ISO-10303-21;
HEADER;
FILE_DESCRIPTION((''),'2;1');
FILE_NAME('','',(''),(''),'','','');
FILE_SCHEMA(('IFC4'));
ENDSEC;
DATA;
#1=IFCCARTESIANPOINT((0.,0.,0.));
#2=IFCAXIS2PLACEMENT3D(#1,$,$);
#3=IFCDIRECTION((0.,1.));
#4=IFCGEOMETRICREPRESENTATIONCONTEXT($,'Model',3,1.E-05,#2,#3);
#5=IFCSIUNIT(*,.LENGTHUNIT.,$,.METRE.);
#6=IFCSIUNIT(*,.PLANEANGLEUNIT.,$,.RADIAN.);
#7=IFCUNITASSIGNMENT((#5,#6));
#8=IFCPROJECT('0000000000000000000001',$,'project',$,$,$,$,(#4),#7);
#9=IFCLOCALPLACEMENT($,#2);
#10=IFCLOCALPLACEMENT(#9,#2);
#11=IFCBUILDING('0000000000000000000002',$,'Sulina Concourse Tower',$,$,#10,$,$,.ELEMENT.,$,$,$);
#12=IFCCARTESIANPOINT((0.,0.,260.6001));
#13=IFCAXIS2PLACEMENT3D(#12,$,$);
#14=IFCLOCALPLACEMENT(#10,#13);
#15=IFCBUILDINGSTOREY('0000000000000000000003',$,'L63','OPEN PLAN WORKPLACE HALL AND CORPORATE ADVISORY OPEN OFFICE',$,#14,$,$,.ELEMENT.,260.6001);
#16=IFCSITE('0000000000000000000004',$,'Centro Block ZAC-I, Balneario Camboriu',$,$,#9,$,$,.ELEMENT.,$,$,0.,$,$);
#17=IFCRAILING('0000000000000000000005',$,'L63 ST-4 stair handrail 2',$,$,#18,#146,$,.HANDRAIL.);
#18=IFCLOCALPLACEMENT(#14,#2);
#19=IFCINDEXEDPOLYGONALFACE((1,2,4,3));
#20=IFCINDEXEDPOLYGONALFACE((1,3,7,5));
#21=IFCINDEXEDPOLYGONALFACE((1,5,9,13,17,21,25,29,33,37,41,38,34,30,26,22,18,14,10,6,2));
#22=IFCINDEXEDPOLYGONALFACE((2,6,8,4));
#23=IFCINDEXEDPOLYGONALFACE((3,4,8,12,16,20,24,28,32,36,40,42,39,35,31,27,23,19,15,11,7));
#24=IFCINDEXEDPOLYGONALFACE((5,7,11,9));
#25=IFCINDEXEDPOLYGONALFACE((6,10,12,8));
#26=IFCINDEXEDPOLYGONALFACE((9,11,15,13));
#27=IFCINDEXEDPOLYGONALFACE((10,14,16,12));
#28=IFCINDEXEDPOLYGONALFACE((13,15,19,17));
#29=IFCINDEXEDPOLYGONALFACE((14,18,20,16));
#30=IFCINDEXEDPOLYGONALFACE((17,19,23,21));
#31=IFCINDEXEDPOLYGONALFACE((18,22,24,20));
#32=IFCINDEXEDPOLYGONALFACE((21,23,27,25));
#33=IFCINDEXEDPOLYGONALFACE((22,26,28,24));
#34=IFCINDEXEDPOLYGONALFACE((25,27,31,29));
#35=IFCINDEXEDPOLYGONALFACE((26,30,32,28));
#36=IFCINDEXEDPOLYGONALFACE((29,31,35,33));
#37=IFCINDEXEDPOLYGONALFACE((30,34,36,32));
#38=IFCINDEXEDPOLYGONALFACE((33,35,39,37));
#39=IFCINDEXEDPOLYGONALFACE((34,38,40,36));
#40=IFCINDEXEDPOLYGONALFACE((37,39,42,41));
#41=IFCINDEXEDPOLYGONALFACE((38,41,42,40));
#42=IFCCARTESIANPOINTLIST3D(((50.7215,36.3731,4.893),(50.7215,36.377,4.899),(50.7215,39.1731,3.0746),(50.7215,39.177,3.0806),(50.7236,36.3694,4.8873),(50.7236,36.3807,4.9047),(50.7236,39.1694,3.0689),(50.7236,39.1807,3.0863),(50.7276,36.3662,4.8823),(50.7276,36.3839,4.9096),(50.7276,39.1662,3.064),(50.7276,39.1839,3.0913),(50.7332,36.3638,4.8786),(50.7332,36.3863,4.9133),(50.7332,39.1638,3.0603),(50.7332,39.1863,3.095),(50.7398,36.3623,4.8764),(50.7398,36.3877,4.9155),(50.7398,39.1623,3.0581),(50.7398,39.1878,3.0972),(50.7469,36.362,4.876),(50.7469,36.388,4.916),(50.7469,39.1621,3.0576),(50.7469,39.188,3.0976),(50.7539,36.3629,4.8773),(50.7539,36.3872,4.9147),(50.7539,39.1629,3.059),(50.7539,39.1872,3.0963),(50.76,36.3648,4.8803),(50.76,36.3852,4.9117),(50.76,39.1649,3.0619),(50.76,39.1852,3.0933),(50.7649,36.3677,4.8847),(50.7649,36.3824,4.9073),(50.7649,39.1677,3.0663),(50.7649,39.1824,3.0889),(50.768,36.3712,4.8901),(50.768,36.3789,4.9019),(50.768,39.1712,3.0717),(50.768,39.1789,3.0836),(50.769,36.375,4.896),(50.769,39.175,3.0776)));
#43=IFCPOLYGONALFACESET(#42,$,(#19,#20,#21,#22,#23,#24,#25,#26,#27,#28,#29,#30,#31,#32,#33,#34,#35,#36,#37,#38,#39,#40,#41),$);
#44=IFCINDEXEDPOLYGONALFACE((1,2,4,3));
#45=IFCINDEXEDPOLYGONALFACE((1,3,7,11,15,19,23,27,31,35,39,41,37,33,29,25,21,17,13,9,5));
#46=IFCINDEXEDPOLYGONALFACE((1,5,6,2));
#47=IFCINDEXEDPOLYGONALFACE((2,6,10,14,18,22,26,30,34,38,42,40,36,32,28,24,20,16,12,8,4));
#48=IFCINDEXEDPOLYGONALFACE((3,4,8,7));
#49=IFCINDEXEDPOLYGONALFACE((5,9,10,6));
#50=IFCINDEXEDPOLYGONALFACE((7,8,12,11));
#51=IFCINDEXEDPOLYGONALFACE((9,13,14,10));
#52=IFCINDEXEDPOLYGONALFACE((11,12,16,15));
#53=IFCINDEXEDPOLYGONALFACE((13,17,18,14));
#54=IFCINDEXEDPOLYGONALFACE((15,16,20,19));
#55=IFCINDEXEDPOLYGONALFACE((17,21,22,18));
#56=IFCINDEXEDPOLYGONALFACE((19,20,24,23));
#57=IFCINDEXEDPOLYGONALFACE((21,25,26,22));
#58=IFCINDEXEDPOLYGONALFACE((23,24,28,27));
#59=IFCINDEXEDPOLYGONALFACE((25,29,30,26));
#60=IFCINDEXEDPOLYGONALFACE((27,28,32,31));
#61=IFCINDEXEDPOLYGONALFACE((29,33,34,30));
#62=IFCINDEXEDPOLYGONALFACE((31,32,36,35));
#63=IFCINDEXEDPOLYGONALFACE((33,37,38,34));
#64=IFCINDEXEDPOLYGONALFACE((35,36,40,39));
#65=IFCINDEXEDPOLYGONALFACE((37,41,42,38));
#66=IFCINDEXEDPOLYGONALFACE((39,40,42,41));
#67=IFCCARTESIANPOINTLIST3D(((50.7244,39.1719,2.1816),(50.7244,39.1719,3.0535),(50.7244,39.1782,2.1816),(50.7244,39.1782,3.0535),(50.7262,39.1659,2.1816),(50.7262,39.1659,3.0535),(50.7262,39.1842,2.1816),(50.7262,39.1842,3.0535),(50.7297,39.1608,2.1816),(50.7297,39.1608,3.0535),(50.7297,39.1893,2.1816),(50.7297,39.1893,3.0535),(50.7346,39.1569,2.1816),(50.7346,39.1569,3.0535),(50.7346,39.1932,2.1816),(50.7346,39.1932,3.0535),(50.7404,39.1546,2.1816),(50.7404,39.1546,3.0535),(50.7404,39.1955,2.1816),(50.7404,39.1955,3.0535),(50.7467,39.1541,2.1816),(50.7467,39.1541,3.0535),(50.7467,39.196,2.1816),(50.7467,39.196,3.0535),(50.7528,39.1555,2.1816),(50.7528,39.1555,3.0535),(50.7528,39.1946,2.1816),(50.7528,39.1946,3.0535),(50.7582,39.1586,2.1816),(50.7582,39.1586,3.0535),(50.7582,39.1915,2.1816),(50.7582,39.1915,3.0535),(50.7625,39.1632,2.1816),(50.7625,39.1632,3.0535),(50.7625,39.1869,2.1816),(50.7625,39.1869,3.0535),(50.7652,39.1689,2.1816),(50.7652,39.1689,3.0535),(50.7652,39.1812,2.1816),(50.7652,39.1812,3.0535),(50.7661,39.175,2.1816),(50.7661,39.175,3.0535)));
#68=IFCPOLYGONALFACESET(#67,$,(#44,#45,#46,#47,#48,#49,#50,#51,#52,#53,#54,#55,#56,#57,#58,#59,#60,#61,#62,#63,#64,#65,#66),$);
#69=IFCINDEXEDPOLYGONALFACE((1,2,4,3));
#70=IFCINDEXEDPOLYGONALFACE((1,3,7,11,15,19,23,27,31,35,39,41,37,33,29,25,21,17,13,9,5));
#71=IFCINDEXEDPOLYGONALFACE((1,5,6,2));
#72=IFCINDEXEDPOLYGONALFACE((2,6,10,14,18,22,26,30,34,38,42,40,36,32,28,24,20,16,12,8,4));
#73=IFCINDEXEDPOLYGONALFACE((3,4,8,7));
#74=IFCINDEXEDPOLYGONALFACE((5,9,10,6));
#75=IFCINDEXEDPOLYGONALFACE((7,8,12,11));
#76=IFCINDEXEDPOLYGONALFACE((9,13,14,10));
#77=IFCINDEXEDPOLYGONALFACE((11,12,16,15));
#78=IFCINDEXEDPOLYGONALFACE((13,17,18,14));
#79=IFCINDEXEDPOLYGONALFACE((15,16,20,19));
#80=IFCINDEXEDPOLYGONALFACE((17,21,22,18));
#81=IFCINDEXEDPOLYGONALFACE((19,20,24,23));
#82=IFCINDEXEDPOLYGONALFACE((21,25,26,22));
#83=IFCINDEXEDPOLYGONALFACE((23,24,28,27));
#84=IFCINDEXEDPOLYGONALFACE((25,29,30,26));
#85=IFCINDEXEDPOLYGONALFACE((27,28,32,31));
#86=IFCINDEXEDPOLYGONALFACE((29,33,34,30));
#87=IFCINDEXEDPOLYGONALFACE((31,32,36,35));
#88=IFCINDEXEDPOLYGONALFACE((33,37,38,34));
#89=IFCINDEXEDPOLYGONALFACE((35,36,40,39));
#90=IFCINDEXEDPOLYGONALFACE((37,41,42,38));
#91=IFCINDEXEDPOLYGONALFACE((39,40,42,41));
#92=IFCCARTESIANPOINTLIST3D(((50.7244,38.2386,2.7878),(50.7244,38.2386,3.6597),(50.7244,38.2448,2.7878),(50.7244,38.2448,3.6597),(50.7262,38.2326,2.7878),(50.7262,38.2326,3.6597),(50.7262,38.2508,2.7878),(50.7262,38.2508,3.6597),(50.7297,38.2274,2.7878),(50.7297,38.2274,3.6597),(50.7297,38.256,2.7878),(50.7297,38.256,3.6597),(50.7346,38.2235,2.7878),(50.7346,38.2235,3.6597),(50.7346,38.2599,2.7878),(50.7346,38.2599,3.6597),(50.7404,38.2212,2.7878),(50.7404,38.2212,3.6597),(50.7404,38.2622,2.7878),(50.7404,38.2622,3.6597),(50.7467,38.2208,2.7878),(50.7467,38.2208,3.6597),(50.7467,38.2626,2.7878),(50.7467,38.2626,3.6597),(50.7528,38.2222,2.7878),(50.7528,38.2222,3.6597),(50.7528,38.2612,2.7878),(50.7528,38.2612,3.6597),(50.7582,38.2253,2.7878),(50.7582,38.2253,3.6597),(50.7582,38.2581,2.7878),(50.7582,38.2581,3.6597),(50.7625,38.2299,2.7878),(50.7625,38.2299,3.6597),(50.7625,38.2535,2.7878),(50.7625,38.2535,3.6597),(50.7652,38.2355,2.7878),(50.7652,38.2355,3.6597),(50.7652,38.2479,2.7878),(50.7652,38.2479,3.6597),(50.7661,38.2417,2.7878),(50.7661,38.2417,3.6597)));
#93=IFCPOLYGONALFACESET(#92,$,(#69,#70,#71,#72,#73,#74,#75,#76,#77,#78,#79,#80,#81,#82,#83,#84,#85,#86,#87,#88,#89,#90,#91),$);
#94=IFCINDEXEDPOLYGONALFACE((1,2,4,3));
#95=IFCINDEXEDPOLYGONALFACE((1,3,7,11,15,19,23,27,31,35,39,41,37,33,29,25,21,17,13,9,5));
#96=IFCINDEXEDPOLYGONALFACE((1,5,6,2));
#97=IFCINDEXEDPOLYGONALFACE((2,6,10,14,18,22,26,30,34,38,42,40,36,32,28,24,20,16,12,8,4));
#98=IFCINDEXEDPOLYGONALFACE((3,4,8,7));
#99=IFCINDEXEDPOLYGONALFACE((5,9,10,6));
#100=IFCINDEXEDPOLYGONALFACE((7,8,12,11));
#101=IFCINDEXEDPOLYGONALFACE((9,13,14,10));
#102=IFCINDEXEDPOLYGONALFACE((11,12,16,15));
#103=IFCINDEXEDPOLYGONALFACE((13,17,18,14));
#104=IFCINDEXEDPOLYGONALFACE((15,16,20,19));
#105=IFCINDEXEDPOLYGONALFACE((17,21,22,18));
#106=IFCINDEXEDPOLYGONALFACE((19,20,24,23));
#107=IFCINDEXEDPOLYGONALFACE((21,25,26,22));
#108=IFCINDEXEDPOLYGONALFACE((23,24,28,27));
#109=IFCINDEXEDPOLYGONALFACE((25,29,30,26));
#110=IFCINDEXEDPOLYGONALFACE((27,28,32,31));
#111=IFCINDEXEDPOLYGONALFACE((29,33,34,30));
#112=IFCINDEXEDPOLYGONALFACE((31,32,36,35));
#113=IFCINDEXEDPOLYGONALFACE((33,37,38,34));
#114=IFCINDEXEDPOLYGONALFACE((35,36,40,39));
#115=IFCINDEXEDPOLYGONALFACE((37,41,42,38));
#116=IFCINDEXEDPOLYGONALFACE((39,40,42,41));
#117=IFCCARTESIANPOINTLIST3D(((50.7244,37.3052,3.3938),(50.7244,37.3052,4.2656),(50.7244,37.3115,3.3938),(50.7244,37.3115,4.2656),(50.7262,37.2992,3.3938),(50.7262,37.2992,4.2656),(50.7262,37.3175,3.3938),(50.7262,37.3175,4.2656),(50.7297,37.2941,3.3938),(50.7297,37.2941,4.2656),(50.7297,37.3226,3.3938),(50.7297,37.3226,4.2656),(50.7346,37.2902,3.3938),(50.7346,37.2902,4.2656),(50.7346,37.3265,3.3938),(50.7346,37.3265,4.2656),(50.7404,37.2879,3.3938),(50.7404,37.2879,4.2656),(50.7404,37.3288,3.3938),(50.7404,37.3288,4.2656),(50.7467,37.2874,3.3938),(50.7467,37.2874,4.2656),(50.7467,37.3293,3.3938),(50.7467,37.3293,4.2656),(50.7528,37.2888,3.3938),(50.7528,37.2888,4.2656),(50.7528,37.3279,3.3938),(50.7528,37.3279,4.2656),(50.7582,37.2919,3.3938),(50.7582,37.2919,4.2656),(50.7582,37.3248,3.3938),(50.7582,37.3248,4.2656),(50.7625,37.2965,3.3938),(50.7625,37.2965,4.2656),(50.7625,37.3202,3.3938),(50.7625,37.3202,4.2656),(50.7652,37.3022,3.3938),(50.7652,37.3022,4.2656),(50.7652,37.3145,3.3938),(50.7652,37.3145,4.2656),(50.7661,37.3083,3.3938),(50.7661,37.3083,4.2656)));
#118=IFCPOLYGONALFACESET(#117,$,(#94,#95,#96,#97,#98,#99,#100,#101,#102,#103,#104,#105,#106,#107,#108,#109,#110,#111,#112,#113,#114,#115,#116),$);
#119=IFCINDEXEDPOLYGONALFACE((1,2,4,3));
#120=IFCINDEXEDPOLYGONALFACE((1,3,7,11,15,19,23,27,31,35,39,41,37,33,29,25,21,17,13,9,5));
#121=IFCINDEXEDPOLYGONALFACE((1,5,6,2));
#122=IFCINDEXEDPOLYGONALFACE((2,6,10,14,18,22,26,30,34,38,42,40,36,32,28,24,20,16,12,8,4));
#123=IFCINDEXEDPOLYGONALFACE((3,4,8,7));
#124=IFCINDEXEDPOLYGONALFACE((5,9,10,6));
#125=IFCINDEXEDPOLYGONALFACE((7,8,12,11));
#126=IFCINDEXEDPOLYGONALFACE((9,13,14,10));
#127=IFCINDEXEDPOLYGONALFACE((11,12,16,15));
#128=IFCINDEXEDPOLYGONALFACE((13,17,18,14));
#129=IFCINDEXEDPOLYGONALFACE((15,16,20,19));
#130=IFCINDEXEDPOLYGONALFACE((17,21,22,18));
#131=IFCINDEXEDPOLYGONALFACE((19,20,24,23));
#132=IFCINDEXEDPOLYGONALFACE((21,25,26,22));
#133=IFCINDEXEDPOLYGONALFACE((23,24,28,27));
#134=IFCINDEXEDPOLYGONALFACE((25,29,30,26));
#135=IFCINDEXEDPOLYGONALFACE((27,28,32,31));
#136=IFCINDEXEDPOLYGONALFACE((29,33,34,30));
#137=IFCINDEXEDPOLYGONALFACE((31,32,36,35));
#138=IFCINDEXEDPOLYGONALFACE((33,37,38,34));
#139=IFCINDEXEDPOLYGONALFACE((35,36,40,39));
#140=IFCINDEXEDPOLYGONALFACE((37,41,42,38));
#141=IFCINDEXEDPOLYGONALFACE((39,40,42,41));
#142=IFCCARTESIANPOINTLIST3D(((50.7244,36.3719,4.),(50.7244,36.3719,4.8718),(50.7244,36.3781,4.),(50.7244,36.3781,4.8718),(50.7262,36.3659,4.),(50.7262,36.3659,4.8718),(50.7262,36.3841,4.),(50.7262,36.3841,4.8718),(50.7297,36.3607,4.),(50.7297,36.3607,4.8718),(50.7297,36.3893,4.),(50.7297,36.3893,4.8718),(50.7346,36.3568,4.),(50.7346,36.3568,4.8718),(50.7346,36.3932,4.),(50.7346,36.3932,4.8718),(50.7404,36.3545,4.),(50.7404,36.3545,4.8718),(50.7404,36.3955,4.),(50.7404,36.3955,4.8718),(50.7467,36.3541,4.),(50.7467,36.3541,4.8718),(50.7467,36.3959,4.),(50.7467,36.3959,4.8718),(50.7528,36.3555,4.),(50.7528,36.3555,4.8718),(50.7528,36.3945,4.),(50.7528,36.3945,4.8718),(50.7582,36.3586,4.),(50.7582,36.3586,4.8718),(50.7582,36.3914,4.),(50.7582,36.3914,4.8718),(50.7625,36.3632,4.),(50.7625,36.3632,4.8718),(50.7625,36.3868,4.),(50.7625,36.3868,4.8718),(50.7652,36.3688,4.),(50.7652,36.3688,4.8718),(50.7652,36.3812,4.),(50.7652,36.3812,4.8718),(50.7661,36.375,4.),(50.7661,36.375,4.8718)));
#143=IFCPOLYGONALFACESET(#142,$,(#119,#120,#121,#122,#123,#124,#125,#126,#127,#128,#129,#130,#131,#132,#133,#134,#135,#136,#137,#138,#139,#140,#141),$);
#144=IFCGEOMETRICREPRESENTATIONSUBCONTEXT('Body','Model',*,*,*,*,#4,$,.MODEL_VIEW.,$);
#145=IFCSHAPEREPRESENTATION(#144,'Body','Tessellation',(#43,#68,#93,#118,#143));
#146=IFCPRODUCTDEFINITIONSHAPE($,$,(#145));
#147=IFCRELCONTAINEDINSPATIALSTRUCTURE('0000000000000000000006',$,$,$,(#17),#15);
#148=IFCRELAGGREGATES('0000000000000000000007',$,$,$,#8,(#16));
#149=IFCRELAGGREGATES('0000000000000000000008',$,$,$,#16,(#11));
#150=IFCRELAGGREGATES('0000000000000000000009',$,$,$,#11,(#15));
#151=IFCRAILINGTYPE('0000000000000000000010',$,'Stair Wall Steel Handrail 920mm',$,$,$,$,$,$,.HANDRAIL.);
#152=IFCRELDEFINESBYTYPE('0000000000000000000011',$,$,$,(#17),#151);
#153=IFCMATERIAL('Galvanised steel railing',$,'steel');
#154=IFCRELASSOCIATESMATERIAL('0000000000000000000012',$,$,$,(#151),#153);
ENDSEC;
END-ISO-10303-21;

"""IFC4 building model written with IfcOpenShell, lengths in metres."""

from ifc_helpers import new_model, si_unit, direction, frame, origin, origin_2d, place, context, subcontext, project, spatial, circle, extrude, material, type_object, element, save


model = new_model("IFC4")

# Units and contexts
model_context = context("Model", 3, precision=1e-05, world=origin(), true_north=direction((0.0, 1.0)))
body_context = subcontext(model_context, "Body", "Model", "MODEL_VIEW")
ifc_project = project(units=[si_unit("LENGTHUNIT", "METRE"), si_unit("PLANEANGLEUNIT", "RADIAN")], contexts=[model_context])

# Site, building, storey
site_placement = place(None, origin())
site = spatial("IfcSite", under=ifc_project, at=site_placement, Name="Centro Block ZAC-I, Balneario Camboriu", CompositionType="ELEMENT", RefElevation=0.0)
building_placement = place(site_placement, origin())
building = spatial("IfcBuilding", under=site, at=building_placement, Name="Sulina Concourse Tower", CompositionType="ELEMENT")
storey_placement = place(building_placement, frame((0.0, 0.0, 260.6001)))
storey = spatial("IfcBuildingStorey", under=building, at=storey_placement, Name="L63", Description="OPEN PLAN WORKPLACE HALL AND CORPORATE ADVISORY OPEN OFFICE", CompositionType="ELEMENT", Elevation=260.6001)

# Railing
ifc_material_1 = material(Name="Galvanised steel railing", Category="steel")
railing_type_1 = type_object("IfcRailingType", Name="Stair Wall Steel Handrail 920mm", PredefinedType="HANDRAIL", material=ifc_material_1)
railing_1_placement = place(storey_placement, frame((50.7451, 39.175, 2.1816)))
element("IfcRailing", 1, at=railing_1_placement, inside=storey, type_object=railing_type_1, Name="L63 ST-4 stair handrail 2", PredefinedType="HANDRAIL", context=body_context, shape_type="SweptSolid", body=[
    extrude(circle(Radius=0.0239, at=origin_2d()), frame((0.0, 0.0, 0.896), z_axis=(0.0, -0.838672, 0.544636), x_axis=(1.0, 0.0, 0.0)), (0.0, 0.0, 1.0), 3.3386),
    extrude(circle(Radius=0.021, at=origin_2d()), origin(), (0.0, 0.0, 1.0), 0.8718),
    extrude(circle(Radius=0.021, at=origin_2d()), frame((0.0, -0.9333, 0.6062)), (0.0, 0.0, 1.0), 0.8718),
    extrude(circle(Radius=0.021, at=origin_2d()), frame((0.0, -1.8667, 1.2122)), (0.0, 0.0, 1.0), 0.8718),
    extrude(circle(Radius=0.021, at=origin_2d()), frame((0.0, -2.8, 1.8184)), (0.0, 0.0, 1.0), 0.8718),
])

save(model, "model.ifc")
